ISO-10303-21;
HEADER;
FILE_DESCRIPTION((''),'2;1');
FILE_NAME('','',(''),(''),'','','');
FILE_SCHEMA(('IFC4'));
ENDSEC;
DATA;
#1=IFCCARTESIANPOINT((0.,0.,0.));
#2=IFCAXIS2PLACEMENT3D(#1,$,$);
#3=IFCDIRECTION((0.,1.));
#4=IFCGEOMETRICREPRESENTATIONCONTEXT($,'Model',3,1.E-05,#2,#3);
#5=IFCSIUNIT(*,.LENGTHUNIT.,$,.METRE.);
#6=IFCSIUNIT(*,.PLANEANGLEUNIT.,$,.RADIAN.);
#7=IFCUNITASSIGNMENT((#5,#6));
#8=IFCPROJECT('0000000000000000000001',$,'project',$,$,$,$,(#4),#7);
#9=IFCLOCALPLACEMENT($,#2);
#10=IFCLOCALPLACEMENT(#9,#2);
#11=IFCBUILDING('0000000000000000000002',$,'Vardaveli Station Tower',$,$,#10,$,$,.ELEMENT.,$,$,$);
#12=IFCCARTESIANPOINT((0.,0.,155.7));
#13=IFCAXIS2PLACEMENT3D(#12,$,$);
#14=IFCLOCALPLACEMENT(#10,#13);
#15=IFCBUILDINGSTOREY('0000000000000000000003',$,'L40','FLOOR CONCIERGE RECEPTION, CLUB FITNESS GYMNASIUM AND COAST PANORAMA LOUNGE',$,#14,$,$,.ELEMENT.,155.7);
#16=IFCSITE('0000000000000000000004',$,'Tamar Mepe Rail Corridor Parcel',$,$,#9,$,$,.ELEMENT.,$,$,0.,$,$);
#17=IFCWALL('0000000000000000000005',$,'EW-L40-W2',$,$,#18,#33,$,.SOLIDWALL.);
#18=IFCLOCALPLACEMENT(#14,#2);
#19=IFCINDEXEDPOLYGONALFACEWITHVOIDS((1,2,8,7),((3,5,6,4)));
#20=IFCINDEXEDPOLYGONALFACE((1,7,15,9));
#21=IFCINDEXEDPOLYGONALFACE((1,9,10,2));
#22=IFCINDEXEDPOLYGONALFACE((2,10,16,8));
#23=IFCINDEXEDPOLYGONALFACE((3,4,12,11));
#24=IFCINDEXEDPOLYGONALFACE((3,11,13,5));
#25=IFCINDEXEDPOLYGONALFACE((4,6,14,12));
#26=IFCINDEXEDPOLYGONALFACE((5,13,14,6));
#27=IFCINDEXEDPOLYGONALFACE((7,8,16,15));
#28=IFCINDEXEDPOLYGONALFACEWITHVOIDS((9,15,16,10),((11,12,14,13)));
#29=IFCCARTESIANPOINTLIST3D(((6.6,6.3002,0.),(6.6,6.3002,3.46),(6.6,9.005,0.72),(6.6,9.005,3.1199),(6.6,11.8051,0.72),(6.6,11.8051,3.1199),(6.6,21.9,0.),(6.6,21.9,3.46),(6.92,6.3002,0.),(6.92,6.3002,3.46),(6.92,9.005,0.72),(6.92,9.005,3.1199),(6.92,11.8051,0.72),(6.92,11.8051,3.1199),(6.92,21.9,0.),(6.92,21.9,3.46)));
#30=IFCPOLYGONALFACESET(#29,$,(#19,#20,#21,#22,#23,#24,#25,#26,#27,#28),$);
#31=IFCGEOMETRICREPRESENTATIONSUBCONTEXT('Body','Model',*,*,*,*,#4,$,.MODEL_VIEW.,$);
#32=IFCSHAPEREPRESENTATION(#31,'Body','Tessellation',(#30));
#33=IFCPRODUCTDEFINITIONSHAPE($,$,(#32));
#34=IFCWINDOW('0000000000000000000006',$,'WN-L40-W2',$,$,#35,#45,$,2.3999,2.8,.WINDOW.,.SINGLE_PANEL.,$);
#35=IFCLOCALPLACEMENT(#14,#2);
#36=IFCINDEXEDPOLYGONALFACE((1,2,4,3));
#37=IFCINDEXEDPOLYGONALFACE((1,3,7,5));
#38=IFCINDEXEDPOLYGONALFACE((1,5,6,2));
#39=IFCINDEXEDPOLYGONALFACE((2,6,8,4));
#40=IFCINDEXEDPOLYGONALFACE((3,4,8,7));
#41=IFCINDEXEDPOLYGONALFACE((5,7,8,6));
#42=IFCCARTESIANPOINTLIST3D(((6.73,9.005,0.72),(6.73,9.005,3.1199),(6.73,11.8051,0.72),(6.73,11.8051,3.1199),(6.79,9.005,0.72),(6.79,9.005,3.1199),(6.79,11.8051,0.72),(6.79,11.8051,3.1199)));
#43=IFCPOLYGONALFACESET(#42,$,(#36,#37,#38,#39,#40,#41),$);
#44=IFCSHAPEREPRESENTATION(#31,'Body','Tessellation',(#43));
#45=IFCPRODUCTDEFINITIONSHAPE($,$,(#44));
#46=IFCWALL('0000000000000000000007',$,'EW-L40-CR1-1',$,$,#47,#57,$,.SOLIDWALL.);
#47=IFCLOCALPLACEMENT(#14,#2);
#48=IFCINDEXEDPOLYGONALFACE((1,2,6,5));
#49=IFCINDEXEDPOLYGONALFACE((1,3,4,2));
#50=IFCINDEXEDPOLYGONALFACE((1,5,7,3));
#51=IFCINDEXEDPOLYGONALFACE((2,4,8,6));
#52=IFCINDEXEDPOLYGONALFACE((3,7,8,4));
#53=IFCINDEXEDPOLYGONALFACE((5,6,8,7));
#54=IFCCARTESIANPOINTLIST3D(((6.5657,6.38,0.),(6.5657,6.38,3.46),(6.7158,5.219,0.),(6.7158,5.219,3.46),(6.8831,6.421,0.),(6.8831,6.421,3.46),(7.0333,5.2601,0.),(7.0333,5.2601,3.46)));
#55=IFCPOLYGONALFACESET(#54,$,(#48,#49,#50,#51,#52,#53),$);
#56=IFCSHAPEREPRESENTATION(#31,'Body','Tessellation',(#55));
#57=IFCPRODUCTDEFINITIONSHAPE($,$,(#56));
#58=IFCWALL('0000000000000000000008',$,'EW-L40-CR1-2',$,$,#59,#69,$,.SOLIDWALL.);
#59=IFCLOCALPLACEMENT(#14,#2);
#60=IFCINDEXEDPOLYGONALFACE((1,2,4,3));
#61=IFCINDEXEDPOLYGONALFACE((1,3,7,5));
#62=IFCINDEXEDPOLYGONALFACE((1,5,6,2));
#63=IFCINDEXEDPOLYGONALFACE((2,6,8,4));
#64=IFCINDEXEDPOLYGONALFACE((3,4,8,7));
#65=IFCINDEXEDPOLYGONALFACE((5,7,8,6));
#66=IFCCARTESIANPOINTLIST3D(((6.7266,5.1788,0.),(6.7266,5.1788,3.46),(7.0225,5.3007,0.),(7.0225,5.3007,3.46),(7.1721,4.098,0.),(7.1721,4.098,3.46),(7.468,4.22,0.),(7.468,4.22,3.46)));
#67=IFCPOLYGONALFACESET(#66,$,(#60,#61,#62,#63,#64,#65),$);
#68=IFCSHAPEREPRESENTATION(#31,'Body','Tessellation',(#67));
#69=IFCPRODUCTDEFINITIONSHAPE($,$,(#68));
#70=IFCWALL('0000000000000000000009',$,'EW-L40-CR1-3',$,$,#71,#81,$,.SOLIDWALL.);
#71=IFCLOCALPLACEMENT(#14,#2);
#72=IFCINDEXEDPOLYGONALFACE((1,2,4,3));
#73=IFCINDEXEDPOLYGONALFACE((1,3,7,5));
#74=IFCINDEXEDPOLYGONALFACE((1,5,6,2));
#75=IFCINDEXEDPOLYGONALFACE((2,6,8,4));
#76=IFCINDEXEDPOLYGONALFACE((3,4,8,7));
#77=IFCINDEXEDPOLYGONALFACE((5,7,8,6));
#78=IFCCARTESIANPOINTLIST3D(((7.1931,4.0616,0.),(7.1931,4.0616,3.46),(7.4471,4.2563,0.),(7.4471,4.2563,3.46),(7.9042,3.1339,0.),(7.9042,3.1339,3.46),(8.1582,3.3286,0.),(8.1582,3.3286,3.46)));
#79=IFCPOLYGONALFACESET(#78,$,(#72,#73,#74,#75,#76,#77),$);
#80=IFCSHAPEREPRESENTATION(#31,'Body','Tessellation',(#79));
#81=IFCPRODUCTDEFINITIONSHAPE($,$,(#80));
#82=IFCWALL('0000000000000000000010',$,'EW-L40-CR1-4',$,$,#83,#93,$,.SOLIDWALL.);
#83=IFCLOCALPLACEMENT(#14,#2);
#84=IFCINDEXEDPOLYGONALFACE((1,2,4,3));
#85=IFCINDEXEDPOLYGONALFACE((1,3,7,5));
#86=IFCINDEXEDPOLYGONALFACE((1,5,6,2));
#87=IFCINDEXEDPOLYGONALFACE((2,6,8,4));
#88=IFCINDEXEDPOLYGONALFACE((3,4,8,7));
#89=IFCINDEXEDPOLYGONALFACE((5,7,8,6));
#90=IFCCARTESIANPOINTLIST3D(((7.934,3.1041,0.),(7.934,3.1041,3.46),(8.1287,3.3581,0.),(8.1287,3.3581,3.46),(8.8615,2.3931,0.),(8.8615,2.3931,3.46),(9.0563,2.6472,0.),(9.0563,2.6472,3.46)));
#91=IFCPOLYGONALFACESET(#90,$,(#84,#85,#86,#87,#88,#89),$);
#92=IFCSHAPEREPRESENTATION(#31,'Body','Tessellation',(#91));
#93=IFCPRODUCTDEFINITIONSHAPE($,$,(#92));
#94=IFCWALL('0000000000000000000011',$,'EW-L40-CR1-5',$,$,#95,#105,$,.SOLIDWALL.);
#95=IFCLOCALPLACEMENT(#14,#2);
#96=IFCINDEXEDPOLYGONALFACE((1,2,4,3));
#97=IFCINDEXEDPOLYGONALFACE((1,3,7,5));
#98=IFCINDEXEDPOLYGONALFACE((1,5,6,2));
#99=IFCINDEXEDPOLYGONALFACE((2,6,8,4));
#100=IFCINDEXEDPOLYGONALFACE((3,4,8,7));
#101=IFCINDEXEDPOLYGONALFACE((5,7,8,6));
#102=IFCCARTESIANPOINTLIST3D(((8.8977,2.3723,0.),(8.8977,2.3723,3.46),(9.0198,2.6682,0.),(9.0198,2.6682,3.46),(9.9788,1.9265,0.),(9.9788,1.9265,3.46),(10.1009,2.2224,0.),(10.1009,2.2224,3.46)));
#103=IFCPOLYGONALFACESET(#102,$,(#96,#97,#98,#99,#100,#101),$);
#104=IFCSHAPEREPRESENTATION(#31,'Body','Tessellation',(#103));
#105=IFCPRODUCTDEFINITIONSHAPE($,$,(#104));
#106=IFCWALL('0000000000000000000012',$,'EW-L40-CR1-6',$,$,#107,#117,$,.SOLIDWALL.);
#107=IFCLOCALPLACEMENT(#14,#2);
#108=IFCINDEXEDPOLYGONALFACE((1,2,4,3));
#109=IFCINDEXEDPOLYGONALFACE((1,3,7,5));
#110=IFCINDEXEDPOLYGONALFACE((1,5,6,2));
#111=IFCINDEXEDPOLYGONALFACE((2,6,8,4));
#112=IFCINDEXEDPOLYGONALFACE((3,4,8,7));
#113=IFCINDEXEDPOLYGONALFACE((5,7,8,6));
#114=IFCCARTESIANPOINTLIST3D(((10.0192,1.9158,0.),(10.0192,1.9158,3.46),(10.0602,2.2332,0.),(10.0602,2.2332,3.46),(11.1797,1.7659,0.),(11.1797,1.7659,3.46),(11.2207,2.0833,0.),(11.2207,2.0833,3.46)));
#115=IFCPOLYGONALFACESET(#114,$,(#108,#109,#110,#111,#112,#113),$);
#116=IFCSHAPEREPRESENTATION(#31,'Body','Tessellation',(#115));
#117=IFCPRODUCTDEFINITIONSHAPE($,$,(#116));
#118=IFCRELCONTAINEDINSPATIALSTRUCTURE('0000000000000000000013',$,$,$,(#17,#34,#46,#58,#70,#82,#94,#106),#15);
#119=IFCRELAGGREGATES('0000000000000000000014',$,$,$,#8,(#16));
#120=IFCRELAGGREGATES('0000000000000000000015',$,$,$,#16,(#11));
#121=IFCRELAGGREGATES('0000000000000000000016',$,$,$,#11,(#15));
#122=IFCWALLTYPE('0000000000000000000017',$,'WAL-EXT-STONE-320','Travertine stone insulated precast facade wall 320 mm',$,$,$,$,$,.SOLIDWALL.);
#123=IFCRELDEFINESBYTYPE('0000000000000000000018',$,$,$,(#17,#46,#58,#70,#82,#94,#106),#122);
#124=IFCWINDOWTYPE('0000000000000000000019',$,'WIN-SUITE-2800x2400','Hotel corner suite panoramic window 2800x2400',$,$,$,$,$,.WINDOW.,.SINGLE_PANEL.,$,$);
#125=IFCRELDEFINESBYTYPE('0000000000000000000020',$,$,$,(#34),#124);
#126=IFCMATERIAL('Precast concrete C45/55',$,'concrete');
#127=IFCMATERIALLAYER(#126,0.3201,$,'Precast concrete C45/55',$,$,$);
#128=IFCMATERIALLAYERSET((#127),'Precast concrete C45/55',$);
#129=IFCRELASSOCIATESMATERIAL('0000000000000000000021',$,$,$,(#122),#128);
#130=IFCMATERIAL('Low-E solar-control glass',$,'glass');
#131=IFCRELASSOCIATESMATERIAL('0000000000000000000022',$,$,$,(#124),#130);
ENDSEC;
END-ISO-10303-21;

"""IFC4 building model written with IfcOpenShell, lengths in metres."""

from ifc_helpers import new_model, si_unit, direction, frame, frame_2d, origin, place, context, subcontext, project, spatial, rectangle, extrude, source, transform, mapped, material, layer, layer_set, type_object, element, fill, save


model = new_model("IFC4")

# Units and contexts
model_context = context("Model", 3, precision=1e-05, world=origin(), true_north=direction((0.0, 1.0)))
body_context = subcontext(model_context, "Body", "Model", "MODEL_VIEW")
ifc_project = project(units=[si_unit("LENGTHUNIT", "METRE"), si_unit("PLANEANGLEUNIT", "RADIAN")], contexts=[model_context])

# Site, building, storey
site_placement = place(None, origin())
site = spatial("IfcSite", under=ifc_project, at=site_placement, Name="Tamar Mepe Rail Corridor Parcel", CompositionType="ELEMENT", RefElevation=0.0)
building_placement = place(site_placement, origin())
building = spatial("IfcBuilding", under=site, at=building_placement, Name="Vardaveli Station Tower", CompositionType="ELEMENT")
storey_placement = place(building_placement, frame((0.0, 0.0, 155.7)))
storey = spatial("IfcBuildingStorey", under=building, at=storey_placement, Name="L40", Description="FLOOR CONCIERGE RECEPTION, CLUB FITNESS GYMNASIUM AND COAST PANORAMA LOUNGE", CompositionType="ELEMENT", Elevation=155.7)

# Shared definitions
ifc_material_1 = material(Name="Precast concrete C45/55", Category="concrete")

# Wall, opening, window
ifc_layer_1 = layer(ifc_material_1, 0.3201, Name="Precast concrete C45/55")
ifc_layer_set_1 = layer_set([ifc_layer_1], Name="Precast concrete C45/55")
wall_type_1 = type_object("IfcWallType", Name="WAL-EXT-STONE-320", Description="Travertine stone insulated precast facade wall 320 mm", PredefinedType="SOLIDWALL", material=ifc_layer_set_1)
shared_shape_1 = source(origin(), body_context, "Body", "SweptSolid", [
    extrude(rectangle(XDim=15.5999, YDim=0.3201, at=frame_2d((7.7998, 0.0))), origin(), (0.0, 0.0, 1.0), 3.46),
])
wall_1_placement = place(storey_placement, frame((6.76, 21.8999, 0.0), z_axis=(0.0, 0.0, 1.0), x_axis=(0.0, -1.0, 0.0)))
wall_1 = element("IfcWall", 1, at=wall_1_placement, inside=storey, type_object=wall_type_1, Name="EW-L40-W2", PredefinedType="SOLIDWALL", context=body_context, shape_type="MappedRepresentation", body=[
    mapped(shared_shape_1, transform((0.0, 0.0, 0.0), scale=1.0)),
])
shared_shape_2 = source(origin(), body_context, "Body", "SweptSolid", [
    extrude(rectangle(XDim=2.8, YDim=2.3999, at=frame_2d((1.3999, 1.2))), frame((0.0, 0.1699, 0.0), z_axis=(0.0, -1.0, 0.0), x_axis=(1.0, 0.0, 0.0)), (0.0, 0.0, 1.0), 0.3401),
])
opening_1_placement = place(wall_1_placement, frame((10.095, 0.0, 0.72)))
opening_1 = element("IfcOpeningElement", 2, at=opening_1_placement, cuts=wall_1, PredefinedType="OPENING", context=body_context, shape_type="MappedRepresentation", body=[
    mapped(shared_shape_2, transform((0.0, 0.0, 0.0), scale=1.0)),
])
ifc_material_2 = material(Name="Low-E solar-control glass", Category="glass")
window_type = type_object("IfcWindowType", Name="WIN-SUITE-2800x2400", Description="Hotel corner suite panoramic window 2800x2400", PartitioningType="SINGLE_PANEL", PredefinedType="WINDOW", material=ifc_material_2)
shared_shape_3 = source(origin(), body_context, "Body", "SweptSolid", [
    extrude(rectangle(XDim=2.8, YDim=2.3999, at=frame_2d((1.3999, 1.2))), frame((0.0, 0.03, 0.0), z_axis=(0.0, -1.0, 0.0), x_axis=(1.0, 0.0, 0.0)), (0.0, 0.0, 1.0), 0.0601),
])
window_placement = place(opening_1_placement, origin())
window = element("IfcWindow", 3, at=window_placement, inside=storey, type_object=window_type, Name="WN-L40-W2", OverallHeight=2.3999, OverallWidth=2.8, PartitioningType="SINGLE_PANEL", PredefinedType="WINDOW", context=body_context, shape_type="MappedRepresentation", body=[
    mapped(shared_shape_3, transform((0.0, 0.0, 0.0), scale=1.0)),
])
fill(opening_1, window)

# Walls
shared_shape_4 = source(origin(), body_context, "Body", "SweptSolid", [
    extrude(rectangle(XDim=1.1707, YDim=0.3201, at=frame_2d((0.5854, 0.0))), origin(), (0.0, 0.0, 1.0), 3.46),
])
wall_2_placement = place(storey_placement, frame((6.7244, 6.4006, 0.0), z_axis=(0.0, 0.0, 1.0), x_axis=(0.128269, -0.991739, 0.0)))
element("IfcWall", 4, at=wall_2_placement, inside=storey, type_object=wall_type_1, Name="EW-L40-CR1-1", PredefinedType="SOLIDWALL", context=body_context, shape_type="MappedRepresentation", body=[
    mapped(shared_shape_4, transform((0.0, 0.0, 0.0), scale=1.0)),
])
shared_shape_5 = source(origin(), body_context, "Body", "SweptSolid", [
    extrude(rectangle(XDim=1.1689, YDim=0.3201, at=frame_2d((0.5845, 0.0))), origin(), (0.0, 0.0, 1.0), 3.46),
])
for number, where, z_axis, x_axis, name in (
    (5, (6.8745, 5.2397, 0.0), (0.0, 0.0, 1.0), (0.381128, -0.924522, 0.0), "EW-L40-CR1-2"),
    (6, (7.3201, 4.1589, 0.0), (0.0, 0.0, 1.0), (0.608388, -0.79364, 0.0), "EW-L40-CR1-3"),
):
    element("IfcWall", number, at=place(storey_placement, frame(where, z_axis=z_axis, x_axis=x_axis)), inside=storey, type_object=wall_type_1, Name=name, PredefinedType="SOLIDWALL", context=body_context, shape_type="MappedRepresentation", body=[
        mapped(shared_shape_5, transform((0.0, 0.0, 0.0), scale=1.0)),
    ])
shared_shape_6 = source(origin(), body_context, "Body", "SweptSolid", [
    extrude(rectangle(XDim=1.1687, YDim=0.3201, at=frame_2d((0.5845, 0.0))), origin(), (0.0, 0.0, 1.0), 3.46),
])
wall_3_placement = place(storey_placement, frame((8.0312, 3.2312, 0.0), z_axis=(0.0, 0.0, 1.0), x_axis=(0.793664, -0.608357, 0.0)))
element("IfcWall", 7, at=wall_3_placement, inside=storey, type_object=wall_type_1, Name="EW-L40-CR1-4", PredefinedType="SOLIDWALL", context=body_context, shape_type="MappedRepresentation", body=[
    mapped(shared_shape_6, transform((0.0, 0.0, 0.0), scale=1.0)),
])
shared_shape_7 = source(origin(), body_context, "Body", "SweptSolid", [
    extrude(rectangle(XDim=1.1694, YDim=0.3201, at=frame_2d((0.5847, 0.0))), origin(), (0.0, 0.0, 1.0), 3.46),
])
wall_4_placement = place(storey_placement, frame((8.9587, 2.5203, 0.0), z_axis=(0.0, 0.0, 1.0), x_axis=(0.924479, -0.381233, 0.0)))
element("IfcWall", 8, at=wall_4_placement, inside=storey, type_object=wall_type_1, Name="EW-L40-CR1-5", PredefinedType="SOLIDWALL", context=body_context, shape_type="MappedRepresentation", body=[
    mapped(shared_shape_7, transform((0.0, 0.0, 0.0), scale=1.0)),
])
shared_shape_8 = source(origin(), body_context, "Body", "SweptSolid", [
    extrude(rectangle(XDim=1.1702, YDim=0.3201, at=frame_2d((0.585, 0.0))), origin(), (0.0, 0.0, 1.0), 3.46),
])
wall_5_placement = place(storey_placement, frame((10.0398, 2.0745, 0.0), z_axis=(0.0, 0.0, 1.0), x_axis=(0.991762, -0.12809, 0.0)))
element("IfcWall", 9, at=wall_5_placement, inside=storey, type_object=wall_type_1, Name="EW-L40-CR1-6", PredefinedType="SOLIDWALL", context=body_context, shape_type="MappedRepresentation", body=[
    mapped(shared_shape_8, transform((0.0, 0.0, 0.0), scale=1.0)),
])

save(model, "model.ifc")
